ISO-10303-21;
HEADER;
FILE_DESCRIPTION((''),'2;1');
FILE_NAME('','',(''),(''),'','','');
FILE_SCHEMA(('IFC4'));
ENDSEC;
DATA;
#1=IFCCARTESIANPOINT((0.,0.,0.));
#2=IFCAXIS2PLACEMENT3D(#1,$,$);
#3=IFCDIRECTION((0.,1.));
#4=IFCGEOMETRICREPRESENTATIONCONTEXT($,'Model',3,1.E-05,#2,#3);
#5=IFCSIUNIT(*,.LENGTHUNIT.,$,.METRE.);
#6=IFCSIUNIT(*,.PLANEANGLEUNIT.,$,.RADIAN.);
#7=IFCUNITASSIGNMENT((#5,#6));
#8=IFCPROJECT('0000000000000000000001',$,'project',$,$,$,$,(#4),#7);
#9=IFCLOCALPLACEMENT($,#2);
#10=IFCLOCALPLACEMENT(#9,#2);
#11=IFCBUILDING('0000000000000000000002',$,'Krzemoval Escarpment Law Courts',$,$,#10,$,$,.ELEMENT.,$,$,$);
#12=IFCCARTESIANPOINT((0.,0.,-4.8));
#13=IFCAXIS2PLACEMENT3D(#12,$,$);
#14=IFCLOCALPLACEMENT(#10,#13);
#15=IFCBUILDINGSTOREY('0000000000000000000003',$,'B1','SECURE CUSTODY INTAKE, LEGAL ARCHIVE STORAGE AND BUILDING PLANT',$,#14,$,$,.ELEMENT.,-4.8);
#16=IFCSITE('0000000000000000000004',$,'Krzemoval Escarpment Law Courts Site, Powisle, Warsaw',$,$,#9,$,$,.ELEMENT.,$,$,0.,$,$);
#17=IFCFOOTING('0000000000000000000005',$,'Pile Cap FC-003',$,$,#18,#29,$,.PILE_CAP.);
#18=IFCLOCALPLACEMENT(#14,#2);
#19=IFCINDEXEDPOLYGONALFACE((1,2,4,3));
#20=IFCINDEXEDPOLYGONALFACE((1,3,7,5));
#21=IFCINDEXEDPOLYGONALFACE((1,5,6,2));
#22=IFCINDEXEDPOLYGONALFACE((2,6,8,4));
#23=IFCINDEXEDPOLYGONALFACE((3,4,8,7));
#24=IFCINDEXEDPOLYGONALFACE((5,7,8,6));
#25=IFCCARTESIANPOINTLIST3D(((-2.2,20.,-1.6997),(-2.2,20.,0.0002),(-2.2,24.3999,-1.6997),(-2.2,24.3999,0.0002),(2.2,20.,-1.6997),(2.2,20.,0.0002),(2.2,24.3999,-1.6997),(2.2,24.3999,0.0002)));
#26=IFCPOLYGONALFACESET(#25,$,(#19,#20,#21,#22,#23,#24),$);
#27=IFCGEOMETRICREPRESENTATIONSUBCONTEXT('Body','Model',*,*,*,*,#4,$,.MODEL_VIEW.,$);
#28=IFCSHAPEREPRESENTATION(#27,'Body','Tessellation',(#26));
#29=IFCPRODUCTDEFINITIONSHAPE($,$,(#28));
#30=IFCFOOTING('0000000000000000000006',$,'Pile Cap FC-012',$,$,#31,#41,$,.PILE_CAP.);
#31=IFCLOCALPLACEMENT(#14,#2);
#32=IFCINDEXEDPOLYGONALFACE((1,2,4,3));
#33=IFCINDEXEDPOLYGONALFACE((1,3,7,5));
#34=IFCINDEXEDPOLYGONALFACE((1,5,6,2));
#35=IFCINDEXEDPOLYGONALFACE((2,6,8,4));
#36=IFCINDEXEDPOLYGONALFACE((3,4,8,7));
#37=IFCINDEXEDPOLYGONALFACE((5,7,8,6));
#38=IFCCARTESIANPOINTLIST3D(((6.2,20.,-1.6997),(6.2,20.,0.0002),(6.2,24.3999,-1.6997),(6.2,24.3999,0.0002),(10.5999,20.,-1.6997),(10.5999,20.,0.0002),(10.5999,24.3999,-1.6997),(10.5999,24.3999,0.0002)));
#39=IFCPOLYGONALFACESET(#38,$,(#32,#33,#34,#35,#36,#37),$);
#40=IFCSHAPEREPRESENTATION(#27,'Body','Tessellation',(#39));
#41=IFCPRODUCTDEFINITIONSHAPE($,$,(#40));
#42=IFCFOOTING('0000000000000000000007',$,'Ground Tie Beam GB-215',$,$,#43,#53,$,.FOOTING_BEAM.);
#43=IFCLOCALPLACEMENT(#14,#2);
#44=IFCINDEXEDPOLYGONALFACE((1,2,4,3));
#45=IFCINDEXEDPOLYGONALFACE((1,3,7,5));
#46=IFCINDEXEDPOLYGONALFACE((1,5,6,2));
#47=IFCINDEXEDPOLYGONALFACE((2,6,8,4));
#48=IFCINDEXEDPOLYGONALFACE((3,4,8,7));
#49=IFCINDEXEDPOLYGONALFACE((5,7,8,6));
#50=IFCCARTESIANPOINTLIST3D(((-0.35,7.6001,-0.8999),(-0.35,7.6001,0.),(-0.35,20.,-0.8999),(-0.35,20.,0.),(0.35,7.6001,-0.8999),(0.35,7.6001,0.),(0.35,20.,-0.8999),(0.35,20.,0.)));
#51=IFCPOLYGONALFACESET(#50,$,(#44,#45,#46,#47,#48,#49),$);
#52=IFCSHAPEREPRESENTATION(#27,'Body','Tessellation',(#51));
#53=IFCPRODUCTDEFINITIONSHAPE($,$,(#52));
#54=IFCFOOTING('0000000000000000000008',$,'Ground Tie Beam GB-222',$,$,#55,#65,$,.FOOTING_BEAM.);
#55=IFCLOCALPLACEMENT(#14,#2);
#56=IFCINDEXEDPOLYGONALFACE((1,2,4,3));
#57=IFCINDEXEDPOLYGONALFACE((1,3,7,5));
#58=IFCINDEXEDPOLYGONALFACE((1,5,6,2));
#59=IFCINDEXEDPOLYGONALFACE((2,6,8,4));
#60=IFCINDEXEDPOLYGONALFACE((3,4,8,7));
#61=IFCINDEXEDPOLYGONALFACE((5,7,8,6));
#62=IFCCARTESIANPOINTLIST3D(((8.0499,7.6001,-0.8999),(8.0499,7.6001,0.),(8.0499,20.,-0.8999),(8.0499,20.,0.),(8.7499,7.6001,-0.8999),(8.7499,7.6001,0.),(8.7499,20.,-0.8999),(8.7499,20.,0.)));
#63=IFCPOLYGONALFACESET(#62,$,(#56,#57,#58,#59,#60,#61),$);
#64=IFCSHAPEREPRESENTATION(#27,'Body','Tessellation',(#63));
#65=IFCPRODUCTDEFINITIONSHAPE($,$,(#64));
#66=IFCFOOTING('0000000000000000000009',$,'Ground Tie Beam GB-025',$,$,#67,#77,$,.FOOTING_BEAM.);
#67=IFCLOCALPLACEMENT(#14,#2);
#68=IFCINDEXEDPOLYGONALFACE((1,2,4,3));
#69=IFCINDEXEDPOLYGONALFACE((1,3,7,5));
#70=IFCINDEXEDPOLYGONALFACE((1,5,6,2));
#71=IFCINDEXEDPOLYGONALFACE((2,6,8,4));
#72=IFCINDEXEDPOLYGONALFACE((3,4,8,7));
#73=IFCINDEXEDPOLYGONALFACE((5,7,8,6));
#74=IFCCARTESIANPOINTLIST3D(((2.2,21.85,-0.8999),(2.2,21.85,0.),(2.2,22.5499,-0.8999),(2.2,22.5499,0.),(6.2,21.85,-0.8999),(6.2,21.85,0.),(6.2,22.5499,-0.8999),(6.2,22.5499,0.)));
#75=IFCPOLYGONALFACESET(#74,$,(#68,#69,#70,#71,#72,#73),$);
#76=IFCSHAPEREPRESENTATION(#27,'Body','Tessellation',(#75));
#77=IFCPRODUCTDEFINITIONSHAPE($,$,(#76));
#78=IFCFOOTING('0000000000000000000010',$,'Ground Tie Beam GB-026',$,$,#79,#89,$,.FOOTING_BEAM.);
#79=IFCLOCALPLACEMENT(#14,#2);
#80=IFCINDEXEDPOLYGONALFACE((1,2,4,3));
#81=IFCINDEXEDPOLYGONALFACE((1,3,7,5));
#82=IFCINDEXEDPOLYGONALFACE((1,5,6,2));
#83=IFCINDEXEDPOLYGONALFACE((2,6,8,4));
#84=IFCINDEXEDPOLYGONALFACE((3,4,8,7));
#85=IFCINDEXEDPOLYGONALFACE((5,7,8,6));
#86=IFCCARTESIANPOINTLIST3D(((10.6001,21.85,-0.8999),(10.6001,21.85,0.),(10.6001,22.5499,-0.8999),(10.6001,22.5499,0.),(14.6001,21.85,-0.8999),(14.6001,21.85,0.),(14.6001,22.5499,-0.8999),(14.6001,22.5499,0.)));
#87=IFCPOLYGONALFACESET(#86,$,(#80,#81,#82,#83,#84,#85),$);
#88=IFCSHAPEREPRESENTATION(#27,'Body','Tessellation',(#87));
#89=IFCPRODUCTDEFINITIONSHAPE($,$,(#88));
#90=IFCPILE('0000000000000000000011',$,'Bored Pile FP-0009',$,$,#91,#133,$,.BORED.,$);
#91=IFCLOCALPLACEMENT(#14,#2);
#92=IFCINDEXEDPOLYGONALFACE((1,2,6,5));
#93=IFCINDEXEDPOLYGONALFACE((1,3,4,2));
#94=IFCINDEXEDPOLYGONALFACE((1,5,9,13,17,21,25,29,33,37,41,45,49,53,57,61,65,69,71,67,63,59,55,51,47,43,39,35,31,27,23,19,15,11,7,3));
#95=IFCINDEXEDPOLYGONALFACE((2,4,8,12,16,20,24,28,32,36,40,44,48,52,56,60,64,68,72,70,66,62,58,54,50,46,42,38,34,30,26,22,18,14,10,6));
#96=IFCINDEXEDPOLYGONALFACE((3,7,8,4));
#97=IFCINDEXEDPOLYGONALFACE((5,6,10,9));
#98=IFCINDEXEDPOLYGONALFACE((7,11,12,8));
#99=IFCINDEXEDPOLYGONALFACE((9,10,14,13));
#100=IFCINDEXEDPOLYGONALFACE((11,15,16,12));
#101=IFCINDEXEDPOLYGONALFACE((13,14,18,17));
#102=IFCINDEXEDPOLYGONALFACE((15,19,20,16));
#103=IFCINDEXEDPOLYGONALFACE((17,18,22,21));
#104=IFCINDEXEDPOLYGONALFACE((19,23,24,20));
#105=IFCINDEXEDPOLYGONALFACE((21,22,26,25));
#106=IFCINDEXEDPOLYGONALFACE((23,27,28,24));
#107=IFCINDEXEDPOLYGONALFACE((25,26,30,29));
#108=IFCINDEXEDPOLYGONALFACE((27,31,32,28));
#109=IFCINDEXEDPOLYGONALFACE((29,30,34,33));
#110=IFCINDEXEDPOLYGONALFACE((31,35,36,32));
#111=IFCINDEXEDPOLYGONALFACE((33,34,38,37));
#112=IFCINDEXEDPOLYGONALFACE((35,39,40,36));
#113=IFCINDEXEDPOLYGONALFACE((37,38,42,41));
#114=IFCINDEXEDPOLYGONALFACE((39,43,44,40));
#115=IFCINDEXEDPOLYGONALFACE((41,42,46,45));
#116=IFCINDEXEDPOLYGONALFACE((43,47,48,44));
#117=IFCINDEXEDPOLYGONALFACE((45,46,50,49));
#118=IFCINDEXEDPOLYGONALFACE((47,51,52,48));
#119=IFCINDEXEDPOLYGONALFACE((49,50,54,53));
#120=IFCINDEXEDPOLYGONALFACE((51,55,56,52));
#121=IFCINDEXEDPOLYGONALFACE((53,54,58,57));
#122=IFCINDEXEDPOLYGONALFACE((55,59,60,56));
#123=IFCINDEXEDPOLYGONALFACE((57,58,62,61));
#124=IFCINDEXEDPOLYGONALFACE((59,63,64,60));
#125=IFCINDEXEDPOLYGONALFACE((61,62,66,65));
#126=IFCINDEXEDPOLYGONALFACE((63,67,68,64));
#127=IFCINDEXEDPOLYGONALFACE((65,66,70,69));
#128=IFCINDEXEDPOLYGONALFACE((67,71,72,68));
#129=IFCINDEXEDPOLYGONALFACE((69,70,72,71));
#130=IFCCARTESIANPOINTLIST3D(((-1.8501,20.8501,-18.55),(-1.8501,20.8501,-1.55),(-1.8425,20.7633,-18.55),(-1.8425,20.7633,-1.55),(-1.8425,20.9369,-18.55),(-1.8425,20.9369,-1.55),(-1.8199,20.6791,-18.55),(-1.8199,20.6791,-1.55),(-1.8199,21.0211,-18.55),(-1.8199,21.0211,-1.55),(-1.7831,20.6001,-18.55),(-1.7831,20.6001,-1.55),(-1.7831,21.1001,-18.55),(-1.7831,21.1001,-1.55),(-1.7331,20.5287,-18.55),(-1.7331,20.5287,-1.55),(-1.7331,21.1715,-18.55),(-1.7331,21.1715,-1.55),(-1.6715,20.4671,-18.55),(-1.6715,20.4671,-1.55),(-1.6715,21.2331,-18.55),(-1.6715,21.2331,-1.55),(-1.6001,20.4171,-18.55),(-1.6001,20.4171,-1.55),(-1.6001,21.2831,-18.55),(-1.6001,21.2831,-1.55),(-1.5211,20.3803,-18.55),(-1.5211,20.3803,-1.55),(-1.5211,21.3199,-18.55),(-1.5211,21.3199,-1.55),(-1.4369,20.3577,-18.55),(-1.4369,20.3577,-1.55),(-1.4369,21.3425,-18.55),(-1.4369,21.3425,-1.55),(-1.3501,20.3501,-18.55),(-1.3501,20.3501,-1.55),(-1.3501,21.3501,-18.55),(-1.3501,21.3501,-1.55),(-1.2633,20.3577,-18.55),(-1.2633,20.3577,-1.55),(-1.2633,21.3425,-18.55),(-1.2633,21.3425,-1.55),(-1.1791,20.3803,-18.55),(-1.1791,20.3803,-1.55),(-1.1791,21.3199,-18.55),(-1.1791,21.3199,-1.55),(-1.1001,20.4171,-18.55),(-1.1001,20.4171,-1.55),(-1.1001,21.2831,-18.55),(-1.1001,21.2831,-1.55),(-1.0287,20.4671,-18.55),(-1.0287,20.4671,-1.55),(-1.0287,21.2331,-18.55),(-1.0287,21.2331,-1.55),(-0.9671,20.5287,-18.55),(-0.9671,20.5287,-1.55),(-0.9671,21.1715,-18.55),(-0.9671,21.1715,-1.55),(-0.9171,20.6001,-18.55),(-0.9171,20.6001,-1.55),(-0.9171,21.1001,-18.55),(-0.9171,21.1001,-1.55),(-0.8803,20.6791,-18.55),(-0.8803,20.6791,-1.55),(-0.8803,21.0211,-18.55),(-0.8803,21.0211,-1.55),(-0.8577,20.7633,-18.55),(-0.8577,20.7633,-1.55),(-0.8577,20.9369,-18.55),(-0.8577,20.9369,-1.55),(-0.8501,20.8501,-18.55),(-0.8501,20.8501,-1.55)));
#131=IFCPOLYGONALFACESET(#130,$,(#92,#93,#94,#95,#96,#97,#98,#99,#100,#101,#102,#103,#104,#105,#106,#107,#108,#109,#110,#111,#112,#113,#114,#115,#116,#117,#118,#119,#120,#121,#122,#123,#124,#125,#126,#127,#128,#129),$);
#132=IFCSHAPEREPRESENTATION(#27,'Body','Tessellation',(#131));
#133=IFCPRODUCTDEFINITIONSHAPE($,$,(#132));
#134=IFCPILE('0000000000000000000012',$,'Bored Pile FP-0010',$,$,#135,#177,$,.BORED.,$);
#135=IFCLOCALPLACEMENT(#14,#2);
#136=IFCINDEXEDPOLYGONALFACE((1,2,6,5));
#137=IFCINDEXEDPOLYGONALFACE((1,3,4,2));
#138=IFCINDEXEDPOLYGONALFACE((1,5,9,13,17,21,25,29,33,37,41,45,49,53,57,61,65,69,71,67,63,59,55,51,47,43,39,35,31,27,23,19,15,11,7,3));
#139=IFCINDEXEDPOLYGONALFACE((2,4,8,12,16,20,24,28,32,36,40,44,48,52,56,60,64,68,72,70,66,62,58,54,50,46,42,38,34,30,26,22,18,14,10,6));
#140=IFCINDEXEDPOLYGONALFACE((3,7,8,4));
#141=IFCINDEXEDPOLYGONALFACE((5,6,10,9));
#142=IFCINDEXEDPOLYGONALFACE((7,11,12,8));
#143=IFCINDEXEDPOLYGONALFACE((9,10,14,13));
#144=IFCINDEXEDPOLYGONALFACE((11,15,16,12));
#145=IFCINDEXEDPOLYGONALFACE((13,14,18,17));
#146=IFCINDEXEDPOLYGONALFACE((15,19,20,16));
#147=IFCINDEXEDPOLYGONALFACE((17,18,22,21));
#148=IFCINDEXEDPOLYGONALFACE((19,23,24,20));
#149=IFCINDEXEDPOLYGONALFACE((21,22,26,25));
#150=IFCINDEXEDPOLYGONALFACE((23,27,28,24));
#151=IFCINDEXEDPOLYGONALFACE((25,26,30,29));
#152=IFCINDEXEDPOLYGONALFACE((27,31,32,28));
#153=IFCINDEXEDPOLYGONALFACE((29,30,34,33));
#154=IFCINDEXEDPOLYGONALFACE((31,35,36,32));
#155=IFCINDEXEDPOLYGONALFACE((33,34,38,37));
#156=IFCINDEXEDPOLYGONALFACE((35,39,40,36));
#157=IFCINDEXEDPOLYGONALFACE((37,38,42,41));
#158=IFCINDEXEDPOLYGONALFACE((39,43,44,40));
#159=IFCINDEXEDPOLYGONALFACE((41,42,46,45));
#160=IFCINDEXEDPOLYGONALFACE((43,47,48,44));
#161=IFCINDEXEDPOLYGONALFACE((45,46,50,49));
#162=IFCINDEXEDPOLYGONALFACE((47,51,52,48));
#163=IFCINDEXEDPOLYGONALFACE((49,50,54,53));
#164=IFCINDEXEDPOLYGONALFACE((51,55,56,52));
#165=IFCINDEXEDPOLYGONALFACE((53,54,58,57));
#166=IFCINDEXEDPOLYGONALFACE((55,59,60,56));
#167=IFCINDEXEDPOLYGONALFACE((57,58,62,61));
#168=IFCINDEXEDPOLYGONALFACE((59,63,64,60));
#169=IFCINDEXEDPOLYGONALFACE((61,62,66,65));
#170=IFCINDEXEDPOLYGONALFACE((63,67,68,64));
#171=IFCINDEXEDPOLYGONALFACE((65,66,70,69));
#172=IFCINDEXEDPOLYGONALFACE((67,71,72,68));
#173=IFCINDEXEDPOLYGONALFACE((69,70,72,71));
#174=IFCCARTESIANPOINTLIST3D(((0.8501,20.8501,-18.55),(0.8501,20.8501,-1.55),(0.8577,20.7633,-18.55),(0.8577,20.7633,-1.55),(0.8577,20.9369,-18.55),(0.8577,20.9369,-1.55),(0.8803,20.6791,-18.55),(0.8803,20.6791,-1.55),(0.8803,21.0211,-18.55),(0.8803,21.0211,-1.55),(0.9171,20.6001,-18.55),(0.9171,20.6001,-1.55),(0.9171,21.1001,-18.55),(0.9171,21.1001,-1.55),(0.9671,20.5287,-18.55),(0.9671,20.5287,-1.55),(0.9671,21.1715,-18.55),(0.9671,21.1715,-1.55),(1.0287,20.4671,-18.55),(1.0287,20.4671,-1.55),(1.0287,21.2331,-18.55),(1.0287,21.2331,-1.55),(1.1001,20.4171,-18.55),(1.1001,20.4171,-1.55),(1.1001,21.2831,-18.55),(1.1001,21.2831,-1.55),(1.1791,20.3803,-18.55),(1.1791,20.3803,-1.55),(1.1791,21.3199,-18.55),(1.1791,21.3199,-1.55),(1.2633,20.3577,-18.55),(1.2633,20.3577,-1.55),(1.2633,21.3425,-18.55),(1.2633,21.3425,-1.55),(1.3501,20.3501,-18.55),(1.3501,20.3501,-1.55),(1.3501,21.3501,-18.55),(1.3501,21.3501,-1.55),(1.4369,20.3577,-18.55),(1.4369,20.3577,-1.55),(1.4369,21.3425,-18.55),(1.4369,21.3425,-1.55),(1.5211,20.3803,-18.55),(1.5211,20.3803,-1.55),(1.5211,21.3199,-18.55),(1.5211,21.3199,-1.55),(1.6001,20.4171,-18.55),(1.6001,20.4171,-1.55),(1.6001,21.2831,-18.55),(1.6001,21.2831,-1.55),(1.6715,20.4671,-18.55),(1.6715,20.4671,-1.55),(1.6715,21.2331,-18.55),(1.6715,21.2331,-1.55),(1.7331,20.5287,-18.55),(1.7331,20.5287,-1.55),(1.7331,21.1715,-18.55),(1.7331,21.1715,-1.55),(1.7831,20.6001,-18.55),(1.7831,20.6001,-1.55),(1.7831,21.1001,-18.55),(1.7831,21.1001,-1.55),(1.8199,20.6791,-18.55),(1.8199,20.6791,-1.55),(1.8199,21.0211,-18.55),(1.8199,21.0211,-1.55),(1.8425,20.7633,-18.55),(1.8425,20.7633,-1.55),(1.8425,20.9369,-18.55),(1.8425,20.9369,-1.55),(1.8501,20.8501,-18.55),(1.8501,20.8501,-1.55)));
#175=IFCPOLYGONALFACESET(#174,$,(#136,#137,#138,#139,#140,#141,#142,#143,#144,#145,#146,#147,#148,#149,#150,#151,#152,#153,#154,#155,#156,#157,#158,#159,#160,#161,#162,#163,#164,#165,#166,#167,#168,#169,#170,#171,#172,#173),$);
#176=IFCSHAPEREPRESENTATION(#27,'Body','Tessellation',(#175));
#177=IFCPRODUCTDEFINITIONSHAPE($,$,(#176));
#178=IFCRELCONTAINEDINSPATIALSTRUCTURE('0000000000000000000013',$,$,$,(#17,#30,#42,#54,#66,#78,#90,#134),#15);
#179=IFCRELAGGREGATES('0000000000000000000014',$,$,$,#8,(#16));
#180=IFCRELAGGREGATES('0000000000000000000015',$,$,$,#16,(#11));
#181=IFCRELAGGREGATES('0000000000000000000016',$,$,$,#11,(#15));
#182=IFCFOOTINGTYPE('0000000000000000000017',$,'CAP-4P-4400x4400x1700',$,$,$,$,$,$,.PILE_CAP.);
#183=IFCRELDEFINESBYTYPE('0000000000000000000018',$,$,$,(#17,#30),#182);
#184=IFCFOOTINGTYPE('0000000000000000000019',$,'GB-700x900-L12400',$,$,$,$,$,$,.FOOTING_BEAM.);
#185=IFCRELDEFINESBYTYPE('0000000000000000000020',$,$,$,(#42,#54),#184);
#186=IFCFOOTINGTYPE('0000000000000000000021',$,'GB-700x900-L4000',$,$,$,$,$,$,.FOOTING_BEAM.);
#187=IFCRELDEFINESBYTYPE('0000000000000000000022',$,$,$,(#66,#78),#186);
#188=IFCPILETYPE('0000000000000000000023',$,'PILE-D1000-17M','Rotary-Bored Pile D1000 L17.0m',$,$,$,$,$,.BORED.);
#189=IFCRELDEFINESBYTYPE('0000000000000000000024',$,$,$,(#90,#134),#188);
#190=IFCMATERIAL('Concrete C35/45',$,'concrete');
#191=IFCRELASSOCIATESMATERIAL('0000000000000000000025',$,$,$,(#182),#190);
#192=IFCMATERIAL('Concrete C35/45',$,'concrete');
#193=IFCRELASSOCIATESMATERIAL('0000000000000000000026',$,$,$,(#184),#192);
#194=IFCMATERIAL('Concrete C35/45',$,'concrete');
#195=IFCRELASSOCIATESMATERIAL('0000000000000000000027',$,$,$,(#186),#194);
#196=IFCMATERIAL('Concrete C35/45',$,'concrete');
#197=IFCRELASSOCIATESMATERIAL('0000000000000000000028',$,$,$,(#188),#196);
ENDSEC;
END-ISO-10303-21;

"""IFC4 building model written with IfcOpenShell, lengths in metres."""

from ifc_helpers import new_model, si_unit, direction, frame, origin, origin_2d, place, context, subcontext, project, spatial, rectangle, circle, extrude, material, material_profile, profile_set, type_object, element, save


model = new_model("IFC4")

# Units and contexts
model_context = context("Model", 3, precision=1e-05, world=origin(), true_north=direction((0.0, 1.0)))
body_context = subcontext(model_context, "Body", "Model", "MODEL_VIEW")
ifc_project = project(units=[si_unit("LENGTHUNIT", "METRE"), si_unit("PLANEANGLEUNIT", "RADIAN")], contexts=[model_context])

# Site, building, storey
site_placement = place(None, origin())
site = spatial("IfcSite", under=ifc_project, at=site_placement, Name="Krzemoval Escarpment Law Courts Site, Powisle, Warsaw", CompositionType="ELEMENT", RefElevation=0.0)
building_placement = place(site_placement, origin())
building = spatial("IfcBuilding", under=site, at=building_placement, Name="Krzemoval Escarpment Law Courts", CompositionType="ELEMENT")
storey_placement = place(building_placement, frame((0.0, 0.0, -4.8)))
storey = spatial("IfcBuildingStorey", under=building, at=storey_placement, Name="B1", Description="SECURE CUSTODY INTAKE, LEGAL ARCHIVE STORAGE AND BUILDING PLANT", CompositionType="ELEMENT", Elevation=-4.8)

# Footings
ifc_material_1 = material(Name="Concrete C35/45", Category="concrete")
footing_type_1 = type_object("IfcFootingType", Name="CAP-4P-4400x4400x1700", PredefinedType="PILE_CAP", material=ifc_material_1)
for number, where, z_axis, x_axis, name in (
    (1, (0.0, 22.2, -1.6997), (0.0, 0.0, 1.0), (1.0, 0.0, 0.0), "Pile Cap FC-003"),
    (2, (8.3999, 22.2, -1.6997), (0.0, 0.0, 1.0), (1.0, 0.0, 0.0), "Pile Cap FC-012"),
):
    element("IfcFooting", number, at=place(storey_placement, frame(where, z_axis=z_axis, x_axis=x_axis)), inside=storey, type_object=footing_type_1, Name=name, PredefinedType="PILE_CAP", context=body_context, shape_type="SweptSolid", body=[
        extrude(rectangle(XDim=4.3999, YDim=4.3999, at=origin_2d()), origin(), (0.0, 0.0, 1.0), 1.7),
    ])
ifc_material_2 = material(Name="Concrete C35/45", Category="concrete")
footing_type_2 = type_object("IfcFootingType", Name="GB-700x900-L12400", PredefinedType="FOOTING_BEAM", material=ifc_material_2)
for number, where, z_axis, x_axis, name in (
    (3, (0.0, 13.8, -0.8999), (0.0, 0.0, 1.0), (0.0, 1.0, 0.0), "Ground Tie Beam GB-215"),
    (4, (8.3999, 13.8, -0.8999), (0.0, 0.0, 1.0), (0.0, 1.0, 0.0), "Ground Tie Beam GB-222"),
):
    element("IfcFooting", number, at=place(storey_placement, frame(where, z_axis=z_axis, x_axis=x_axis)), inside=storey, type_object=footing_type_2, Name=name, PredefinedType="FOOTING_BEAM", context=body_context, shape_type="SweptSolid", body=[
        extrude(rectangle(XDim=12.3999, YDim=0.7, at=origin_2d()), origin(), (0.0, 0.0, 1.0), 0.8999),
    ])
ifc_material_3 = material(Name="Concrete C35/45", Category="concrete")
footing_type_3 = type_object("IfcFootingType", Name="GB-700x900-L4000", PredefinedType="FOOTING_BEAM", material=ifc_material_3)
for number, where, z_axis, x_axis, name in (
    (5, (4.2, 22.2, -0.8999), (0.0, 0.0, 1.0), (1.0, 0.0, 0.0), "Ground Tie Beam GB-025"),
    (6, (12.6001, 22.2, -0.8999), (0.0, 0.0, 1.0), (1.0, 0.0, 0.0), "Ground Tie Beam GB-026"),
):
    element("IfcFooting", number, at=place(storey_placement, frame(where, z_axis=z_axis, x_axis=x_axis)), inside=storey, type_object=footing_type_3, Name=name, PredefinedType="FOOTING_BEAM", context=body_context, shape_type="SweptSolid", body=[
        extrude(rectangle(XDim=4.0, YDim=0.7, at=origin_2d()), origin(), (0.0, 0.0, 1.0), 0.8999),
    ])

# Piles
ifc_material_4 = material(Name="Concrete C35/45", Category="concrete")
ifc_material_profile_1 = material_profile(ifc_material_4, circle(Radius=0.5, at=origin_2d()), Name="PILE D1000")
ifc_profile_set_1 = profile_set([ifc_material_profile_1], Name="Concrete C35/45")
pile_type = type_object("IfcPileType", Name="PILE-D1000-17M", Description="Rotary-Bored Pile D1000 L17.0m", PredefinedType="BORED", material=ifc_profile_set_1)
for number, where, z_axis, x_axis, name in (
    (7, (-1.3501, 20.8501, -1.55), (0.0, 0.0, -1.0), (1.0, 0.0, 0.0), "Bored Pile FP-0009"),
    (8, (1.3501, 20.8501, -1.55), (0.0, 0.0, -1.0), (1.0, 0.0, 0.0), "Bored Pile FP-0010"),
):
    element("IfcPile", number, at=place(storey_placement, frame(where, z_axis=z_axis, x_axis=x_axis)), inside=storey, type_object=pile_type, Name=name, PredefinedType="BORED", context=body_context, shape_type="SweptSolid", body=[
        extrude(circle(Radius=0.5, at=origin_2d()), origin(), (0.0, 0.0, 1.0), 17.0),
    ])

save(model, "model.ifc")
